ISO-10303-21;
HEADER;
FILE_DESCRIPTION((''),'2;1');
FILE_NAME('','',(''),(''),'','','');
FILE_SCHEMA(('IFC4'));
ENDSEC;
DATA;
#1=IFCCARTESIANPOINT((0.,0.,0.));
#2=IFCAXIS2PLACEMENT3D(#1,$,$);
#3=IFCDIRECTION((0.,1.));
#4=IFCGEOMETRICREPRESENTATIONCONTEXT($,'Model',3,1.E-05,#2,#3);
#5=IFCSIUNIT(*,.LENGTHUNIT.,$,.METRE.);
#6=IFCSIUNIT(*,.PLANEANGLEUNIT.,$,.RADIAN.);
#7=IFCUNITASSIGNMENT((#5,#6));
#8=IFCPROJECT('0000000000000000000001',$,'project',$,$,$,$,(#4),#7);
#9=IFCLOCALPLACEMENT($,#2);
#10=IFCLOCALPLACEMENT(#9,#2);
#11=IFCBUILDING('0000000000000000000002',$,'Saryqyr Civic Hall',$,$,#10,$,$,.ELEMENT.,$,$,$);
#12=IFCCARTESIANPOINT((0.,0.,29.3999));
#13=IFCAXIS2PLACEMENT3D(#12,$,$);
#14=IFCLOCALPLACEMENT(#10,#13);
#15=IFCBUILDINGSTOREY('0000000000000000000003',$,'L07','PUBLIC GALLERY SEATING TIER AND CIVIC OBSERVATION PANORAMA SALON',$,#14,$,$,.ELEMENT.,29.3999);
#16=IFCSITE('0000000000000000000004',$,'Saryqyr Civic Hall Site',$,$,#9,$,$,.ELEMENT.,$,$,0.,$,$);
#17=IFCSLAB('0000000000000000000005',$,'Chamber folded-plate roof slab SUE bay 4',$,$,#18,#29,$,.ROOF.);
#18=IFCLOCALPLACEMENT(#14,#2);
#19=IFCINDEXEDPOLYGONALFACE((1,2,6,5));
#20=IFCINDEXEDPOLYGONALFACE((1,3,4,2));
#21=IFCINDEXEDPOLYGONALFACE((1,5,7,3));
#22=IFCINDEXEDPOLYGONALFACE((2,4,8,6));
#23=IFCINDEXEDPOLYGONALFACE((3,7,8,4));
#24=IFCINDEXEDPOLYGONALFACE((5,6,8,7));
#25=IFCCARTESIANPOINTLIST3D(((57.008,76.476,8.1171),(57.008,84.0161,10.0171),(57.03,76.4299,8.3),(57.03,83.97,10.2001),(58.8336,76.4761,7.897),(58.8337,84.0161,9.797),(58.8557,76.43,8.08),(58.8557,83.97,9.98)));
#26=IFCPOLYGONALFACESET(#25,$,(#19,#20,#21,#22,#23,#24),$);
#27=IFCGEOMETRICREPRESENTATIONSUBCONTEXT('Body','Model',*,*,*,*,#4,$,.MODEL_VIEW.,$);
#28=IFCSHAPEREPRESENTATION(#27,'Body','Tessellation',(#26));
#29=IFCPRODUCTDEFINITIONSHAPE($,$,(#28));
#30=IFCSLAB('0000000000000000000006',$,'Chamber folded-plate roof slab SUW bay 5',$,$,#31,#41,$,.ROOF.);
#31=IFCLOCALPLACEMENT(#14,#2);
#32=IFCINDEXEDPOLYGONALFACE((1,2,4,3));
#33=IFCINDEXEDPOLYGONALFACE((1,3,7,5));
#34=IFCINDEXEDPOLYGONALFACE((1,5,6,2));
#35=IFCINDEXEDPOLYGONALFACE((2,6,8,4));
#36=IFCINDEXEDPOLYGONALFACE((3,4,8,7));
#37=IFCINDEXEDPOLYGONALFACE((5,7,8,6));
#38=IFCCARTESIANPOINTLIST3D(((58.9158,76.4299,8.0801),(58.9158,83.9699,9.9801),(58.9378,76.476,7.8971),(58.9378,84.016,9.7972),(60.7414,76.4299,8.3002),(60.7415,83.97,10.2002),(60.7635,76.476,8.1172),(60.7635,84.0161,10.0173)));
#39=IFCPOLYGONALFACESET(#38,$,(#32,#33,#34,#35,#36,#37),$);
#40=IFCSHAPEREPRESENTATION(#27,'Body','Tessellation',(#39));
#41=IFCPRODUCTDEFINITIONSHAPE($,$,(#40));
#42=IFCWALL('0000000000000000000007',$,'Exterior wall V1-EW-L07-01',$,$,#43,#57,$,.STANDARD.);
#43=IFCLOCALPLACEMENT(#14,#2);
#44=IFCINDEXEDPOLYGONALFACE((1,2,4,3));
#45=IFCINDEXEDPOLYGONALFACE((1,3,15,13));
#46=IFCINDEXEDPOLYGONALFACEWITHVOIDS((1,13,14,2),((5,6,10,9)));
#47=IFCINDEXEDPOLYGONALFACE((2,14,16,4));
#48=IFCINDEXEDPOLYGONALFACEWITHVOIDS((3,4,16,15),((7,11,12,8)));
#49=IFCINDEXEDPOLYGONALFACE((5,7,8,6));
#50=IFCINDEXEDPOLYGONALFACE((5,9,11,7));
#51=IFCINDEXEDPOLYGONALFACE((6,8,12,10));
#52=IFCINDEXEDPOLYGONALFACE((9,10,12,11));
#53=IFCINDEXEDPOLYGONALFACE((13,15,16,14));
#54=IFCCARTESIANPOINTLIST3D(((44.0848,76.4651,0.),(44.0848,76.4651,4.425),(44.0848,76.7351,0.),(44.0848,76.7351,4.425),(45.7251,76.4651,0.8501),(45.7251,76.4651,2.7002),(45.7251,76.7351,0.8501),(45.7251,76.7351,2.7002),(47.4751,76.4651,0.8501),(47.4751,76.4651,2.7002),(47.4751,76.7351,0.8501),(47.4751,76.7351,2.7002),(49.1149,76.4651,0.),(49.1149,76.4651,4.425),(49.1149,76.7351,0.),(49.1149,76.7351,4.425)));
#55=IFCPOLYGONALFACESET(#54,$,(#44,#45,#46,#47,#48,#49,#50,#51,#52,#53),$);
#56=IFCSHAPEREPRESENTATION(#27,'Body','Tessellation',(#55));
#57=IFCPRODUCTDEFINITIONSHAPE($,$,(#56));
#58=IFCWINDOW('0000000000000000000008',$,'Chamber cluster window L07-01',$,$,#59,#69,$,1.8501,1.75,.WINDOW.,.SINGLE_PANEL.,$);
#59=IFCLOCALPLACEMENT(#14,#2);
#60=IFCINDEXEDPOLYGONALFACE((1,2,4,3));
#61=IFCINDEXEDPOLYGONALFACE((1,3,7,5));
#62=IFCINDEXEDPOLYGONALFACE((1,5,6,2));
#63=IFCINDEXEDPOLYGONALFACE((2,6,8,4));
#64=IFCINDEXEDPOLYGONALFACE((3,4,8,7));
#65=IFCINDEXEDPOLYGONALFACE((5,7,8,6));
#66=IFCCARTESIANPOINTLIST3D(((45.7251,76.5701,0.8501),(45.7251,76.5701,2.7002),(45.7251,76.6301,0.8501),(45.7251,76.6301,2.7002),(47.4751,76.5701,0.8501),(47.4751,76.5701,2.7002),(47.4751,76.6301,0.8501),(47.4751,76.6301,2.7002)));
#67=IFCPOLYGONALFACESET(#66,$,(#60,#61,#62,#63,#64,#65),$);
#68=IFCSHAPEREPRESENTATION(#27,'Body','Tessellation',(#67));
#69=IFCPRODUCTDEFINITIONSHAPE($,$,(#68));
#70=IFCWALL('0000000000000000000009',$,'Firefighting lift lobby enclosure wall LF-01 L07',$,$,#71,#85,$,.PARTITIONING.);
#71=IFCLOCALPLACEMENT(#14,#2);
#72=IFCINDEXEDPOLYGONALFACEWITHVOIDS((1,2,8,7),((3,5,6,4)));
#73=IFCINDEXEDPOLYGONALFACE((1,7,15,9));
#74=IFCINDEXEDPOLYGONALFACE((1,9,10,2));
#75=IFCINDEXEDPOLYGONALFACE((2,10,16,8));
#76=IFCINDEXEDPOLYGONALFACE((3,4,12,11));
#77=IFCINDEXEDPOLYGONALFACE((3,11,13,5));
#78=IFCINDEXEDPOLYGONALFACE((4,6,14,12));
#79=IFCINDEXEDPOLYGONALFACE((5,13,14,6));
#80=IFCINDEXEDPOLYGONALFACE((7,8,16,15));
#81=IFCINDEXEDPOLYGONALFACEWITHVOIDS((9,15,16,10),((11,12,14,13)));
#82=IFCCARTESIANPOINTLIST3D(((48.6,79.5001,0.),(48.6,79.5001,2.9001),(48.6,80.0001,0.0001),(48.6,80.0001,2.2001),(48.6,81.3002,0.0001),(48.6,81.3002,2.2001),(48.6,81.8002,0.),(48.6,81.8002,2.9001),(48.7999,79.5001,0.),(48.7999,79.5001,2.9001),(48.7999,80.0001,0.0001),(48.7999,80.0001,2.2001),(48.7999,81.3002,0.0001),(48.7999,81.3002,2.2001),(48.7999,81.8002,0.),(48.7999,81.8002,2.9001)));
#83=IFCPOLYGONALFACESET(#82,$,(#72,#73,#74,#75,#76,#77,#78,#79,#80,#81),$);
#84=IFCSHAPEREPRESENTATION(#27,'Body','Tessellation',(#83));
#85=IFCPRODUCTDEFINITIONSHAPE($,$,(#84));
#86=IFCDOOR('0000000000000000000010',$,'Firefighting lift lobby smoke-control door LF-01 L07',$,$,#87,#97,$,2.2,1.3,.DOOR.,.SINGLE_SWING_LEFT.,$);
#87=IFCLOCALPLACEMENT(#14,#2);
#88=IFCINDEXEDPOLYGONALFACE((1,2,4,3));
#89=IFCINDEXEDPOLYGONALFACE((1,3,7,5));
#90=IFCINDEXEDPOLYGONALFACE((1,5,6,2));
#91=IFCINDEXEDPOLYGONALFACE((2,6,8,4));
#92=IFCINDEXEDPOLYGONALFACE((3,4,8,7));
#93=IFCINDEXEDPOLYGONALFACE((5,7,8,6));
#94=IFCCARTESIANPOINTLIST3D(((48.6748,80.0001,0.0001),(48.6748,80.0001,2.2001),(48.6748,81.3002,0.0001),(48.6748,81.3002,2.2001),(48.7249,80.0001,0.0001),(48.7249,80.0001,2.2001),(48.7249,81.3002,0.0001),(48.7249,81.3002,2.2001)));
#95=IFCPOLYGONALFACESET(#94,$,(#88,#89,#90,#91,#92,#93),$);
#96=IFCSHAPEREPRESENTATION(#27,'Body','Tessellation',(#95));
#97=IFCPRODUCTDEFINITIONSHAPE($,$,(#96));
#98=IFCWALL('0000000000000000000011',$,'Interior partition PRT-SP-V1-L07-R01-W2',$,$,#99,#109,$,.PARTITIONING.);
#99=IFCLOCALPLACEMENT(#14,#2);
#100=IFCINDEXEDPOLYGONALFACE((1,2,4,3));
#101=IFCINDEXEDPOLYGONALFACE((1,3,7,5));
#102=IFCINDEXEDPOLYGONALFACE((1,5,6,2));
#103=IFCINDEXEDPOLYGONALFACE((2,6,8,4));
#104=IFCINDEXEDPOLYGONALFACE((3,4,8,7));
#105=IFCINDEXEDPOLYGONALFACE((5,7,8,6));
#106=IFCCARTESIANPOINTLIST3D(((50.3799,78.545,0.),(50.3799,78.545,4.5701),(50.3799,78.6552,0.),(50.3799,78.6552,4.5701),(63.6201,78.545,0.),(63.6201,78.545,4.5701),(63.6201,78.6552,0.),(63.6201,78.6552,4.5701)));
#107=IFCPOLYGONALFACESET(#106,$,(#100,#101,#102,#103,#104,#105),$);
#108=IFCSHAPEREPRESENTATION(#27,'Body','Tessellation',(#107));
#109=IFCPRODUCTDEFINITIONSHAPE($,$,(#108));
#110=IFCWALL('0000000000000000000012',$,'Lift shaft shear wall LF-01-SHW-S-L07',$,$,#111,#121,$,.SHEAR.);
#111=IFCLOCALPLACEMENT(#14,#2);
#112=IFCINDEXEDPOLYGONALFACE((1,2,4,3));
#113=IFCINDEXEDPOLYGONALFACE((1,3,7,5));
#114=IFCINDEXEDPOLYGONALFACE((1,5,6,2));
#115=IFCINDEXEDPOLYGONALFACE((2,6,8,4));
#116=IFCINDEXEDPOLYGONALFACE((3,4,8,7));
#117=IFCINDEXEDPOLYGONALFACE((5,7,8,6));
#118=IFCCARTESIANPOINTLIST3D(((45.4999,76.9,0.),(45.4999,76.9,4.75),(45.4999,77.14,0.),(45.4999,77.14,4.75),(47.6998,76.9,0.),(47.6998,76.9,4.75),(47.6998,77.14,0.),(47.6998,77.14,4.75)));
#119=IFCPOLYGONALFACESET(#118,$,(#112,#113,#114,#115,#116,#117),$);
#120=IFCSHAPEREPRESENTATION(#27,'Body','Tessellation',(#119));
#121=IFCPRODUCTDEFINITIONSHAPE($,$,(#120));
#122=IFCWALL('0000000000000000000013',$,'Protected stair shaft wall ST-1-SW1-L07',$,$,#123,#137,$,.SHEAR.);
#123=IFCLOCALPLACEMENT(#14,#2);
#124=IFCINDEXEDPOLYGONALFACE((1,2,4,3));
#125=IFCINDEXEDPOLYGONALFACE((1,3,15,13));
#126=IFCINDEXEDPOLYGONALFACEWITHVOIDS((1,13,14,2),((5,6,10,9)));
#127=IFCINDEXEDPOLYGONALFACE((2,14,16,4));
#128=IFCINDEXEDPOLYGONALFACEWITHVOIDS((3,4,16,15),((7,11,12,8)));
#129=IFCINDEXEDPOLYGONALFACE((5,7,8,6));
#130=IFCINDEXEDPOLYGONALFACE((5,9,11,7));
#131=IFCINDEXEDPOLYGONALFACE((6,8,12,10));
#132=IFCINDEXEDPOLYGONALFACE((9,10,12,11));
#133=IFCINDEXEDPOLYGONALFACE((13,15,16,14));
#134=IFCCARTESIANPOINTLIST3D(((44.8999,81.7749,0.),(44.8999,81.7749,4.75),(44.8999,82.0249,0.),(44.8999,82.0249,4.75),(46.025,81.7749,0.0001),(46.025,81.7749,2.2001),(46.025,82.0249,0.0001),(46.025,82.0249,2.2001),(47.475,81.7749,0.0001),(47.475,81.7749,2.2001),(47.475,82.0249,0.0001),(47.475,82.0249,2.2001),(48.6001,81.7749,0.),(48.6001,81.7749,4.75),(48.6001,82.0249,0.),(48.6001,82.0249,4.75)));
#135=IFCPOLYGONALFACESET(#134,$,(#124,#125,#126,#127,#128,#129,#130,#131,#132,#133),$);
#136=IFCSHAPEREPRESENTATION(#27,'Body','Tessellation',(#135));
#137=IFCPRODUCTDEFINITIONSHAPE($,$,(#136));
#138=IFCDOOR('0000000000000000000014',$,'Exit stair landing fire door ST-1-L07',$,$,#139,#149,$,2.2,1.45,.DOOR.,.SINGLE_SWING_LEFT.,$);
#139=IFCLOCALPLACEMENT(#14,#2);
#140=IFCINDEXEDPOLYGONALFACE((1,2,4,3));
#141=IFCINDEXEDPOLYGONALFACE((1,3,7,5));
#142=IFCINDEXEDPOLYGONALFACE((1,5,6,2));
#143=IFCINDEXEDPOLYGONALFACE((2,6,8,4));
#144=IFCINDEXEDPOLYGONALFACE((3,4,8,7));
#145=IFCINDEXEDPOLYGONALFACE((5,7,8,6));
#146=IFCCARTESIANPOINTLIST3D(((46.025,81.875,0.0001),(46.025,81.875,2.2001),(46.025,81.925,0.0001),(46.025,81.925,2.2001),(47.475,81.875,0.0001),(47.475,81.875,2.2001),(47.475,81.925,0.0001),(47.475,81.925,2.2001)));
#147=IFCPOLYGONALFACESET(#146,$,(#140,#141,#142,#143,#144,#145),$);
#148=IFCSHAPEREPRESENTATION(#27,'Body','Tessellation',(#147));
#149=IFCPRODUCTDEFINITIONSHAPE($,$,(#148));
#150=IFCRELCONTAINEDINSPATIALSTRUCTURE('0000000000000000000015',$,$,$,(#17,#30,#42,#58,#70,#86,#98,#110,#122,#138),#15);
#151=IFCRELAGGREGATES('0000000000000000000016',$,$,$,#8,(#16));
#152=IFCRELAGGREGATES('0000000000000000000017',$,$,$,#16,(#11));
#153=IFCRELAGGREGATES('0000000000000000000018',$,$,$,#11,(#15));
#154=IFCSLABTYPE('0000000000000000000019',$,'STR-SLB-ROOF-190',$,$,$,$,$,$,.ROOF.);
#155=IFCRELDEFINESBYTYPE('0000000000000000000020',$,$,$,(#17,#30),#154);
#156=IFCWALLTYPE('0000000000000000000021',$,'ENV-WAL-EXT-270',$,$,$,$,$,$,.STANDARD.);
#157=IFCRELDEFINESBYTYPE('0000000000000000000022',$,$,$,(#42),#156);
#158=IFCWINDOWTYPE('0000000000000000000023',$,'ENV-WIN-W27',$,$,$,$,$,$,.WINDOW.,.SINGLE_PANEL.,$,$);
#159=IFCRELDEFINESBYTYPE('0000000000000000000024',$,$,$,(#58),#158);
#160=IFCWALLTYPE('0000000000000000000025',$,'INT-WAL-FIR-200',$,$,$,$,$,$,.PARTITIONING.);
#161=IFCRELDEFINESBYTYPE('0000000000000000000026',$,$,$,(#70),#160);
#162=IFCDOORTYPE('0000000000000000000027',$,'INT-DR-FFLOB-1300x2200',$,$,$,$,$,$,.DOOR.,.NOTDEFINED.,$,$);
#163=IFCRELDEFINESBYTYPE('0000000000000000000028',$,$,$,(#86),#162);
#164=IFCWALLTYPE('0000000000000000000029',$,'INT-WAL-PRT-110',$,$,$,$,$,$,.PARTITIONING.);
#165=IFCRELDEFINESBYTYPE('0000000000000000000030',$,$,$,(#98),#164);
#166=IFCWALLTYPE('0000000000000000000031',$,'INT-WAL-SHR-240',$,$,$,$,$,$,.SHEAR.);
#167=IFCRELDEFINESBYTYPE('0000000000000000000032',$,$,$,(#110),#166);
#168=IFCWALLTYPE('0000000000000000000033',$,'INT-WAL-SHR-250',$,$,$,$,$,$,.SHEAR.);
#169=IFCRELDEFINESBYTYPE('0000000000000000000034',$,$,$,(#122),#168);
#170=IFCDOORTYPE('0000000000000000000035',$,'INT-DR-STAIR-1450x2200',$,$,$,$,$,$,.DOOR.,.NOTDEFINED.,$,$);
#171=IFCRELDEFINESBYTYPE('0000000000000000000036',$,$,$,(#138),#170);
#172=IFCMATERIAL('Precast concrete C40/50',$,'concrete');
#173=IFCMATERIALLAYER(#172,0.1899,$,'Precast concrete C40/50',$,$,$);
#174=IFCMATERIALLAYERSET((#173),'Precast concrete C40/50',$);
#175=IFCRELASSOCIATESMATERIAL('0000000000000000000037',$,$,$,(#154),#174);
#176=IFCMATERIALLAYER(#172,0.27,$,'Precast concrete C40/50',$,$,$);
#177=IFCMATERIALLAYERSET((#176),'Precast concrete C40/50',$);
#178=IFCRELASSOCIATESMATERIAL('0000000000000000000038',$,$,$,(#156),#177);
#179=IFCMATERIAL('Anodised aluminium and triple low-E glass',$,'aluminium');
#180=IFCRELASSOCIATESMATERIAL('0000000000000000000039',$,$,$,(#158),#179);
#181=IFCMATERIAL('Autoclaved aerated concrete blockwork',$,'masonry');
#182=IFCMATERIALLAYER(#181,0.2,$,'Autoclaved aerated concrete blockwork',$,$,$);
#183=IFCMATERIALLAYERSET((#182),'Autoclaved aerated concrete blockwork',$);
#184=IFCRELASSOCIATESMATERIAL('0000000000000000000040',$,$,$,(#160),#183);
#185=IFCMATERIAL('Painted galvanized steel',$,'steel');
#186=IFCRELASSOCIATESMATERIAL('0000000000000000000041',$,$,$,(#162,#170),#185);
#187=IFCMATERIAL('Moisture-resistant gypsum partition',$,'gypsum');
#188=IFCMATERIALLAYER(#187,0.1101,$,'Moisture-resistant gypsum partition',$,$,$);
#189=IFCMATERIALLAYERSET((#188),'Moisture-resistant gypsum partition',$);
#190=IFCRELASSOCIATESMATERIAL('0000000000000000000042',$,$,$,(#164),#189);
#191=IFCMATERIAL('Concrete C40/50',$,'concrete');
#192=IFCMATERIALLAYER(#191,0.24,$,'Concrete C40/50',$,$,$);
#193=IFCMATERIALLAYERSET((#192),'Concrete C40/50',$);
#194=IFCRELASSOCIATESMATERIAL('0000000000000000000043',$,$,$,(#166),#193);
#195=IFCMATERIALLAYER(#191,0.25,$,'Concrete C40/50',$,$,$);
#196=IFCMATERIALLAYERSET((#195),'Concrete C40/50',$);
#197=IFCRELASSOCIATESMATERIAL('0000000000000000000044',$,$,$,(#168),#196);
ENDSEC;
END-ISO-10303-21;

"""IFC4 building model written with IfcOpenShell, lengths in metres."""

from ifc_helpers import new_model, si_unit, direction, frame, frame_2d, origin, place, context, subcontext, project, spatial, polyline, rectangle, outline, extrude, material, layer, layer_set, type_object, element, fill, save


model = new_model("IFC4")

# Units and contexts
model_context = context("Model", 3, precision=1e-05, world=origin(), true_north=direction((0.0, 1.0)))
body_context = subcontext(model_context, "Body", "Model", "MODEL_VIEW")
ifc_project = project(units=[si_unit("LENGTHUNIT", "METRE"), si_unit("PLANEANGLEUNIT", "RADIAN")], contexts=[model_context])

# Site, building, storey
site_placement = place(None, origin())
site = spatial("IfcSite", under=ifc_project, at=site_placement, Name="Saryqyr Civic Hall Site", CompositionType="ELEMENT", RefElevation=0.0)
building_placement = place(site_placement, origin())
building = spatial("IfcBuilding", under=site, at=building_placement, Name="Saryqyr Civic Hall", CompositionType="ELEMENT")
storey_placement = place(building_placement, frame((0.0, 0.0, 29.3999)))
storey = spatial("IfcBuildingStorey", under=building, at=storey_placement, Name="L07", Description="PUBLIC GALLERY SEATING TIER AND CIVIC OBSERVATION PANORAMA SALON", CompositionType="ELEMENT", Elevation=29.3999)

# Shared definitions
ifc_material_1 = material(Name="Concrete C40/50", Category="concrete")

# Slabs
ifc_material_2 = material(Name="Precast concrete C40/50", Category="concrete")
ifc_layer_1 = layer(ifc_material_2, 0.1899, Name="Precast concrete C40/50")
ifc_layer_set_1 = layer_set([ifc_layer_1], Name="Precast concrete C40/50")
slab_type = type_object("IfcSlabType", Name="STR-SLB-ROOF-190", PredefinedType="ROOF", material=ifc_layer_set_1)
slab_1_placement = place(storey_placement, frame((57.03, 76.4299, 8.3), z_axis=(0.116109, -0.2427, 0.963128), x_axis=(0.992812, 0.000016, -0.119683)))
element("IfcSlab", 1, at=slab_1_placement, inside=storey, type_object=slab_type, Name="Chamber folded-plate roof slab SUE bay 4", PredefinedType="ROOF", context=body_context, shape_type="SweptSolid", body=[
    extrude(outline(polyline([(0.0, 0.0), (1.8389, 0.0), (1.6116, 7.7724), (-0.2273, 7.7725), (0.0, 0.0)])), origin(), (0.0, 0.0, -1.0), 0.1899),
])
slab_2_placement = place(storey_placement, frame((58.9158, 76.4299, 8.0801), z_axis=(-0.116109, -0.2427, 0.963128), x_axis=(0.992812, -0.000016, 0.119683)))
element("IfcSlab", 2, at=slab_2_placement, inside=storey, type_object=slab_type, Name="Chamber folded-plate roof slab SUW bay 5", PredefinedType="ROOF", context=body_context, shape_type="SweptSolid", body=[
    extrude(outline(polyline([(0.0, 0.0), (1.8389, 0.0), (2.0662, 7.7725), (0.2273, 7.7724), (0.0, 0.0)])), origin(), (0.0, 0.0, -1.0), 0.1899),
])

# Wall, opening, window
ifc_layer_2 = layer(ifc_material_2, 0.27, Name="Precast concrete C40/50")
ifc_layer_set_2 = layer_set([ifc_layer_2], Name="Precast concrete C40/50")
wall_type_1 = type_object("IfcWallType", Name="ENV-WAL-EXT-270", PredefinedType="STANDARD", material=ifc_layer_set_2)
wall_1_placement = place(storey_placement, frame((49.115, 76.6001, 0.0), z_axis=(0.0, 0.0, 1.0), x_axis=(-1.0, 0.0, 0.0)))
wall_1 = element("IfcWall", 3, at=wall_1_placement, inside=storey, type_object=wall_type_1, Name="Exterior wall V1-EW-L07-01", PredefinedType="STANDARD", context=body_context, shape_type="SweptSolid", body=[
    extrude(rectangle(XDim=5.03, YDim=0.27, at=frame_2d((2.5151, 0.0))), origin(), (0.0, 0.0, 1.0), 4.425),
])
opening_1_placement = place(wall_1_placement, frame((1.6399, 0.0, 0.8501)))
opening_1 = element("IfcOpeningElement", 4, at=opening_1_placement, cuts=wall_1, PredefinedType="OPENING", context=body_context, shape_type="SweptSolid", body=[
    extrude(rectangle(XDim=1.75, YDim=1.8501, at=frame_2d((0.875, 0.925))), frame((0.0, 0.145, 0.0), z_axis=(0.0, -1.0, 0.0), x_axis=(1.0, 0.0, 0.0)), (0.0, 0.0, 1.0), 0.29),
])
ifc_material_3 = material(Name="Anodised aluminium and triple low-E glass", Category="aluminium")
window_type = type_object("IfcWindowType", Name="ENV-WIN-W27", PartitioningType="SINGLE_PANEL", PredefinedType="WINDOW", material=ifc_material_3)
window_placement = place(opening_1_placement, origin())
window = element("IfcWindow", 5, at=window_placement, inside=storey, type_object=window_type, Name="Chamber cluster window L07-01", OverallHeight=1.8501, OverallWidth=1.75, PartitioningType="SINGLE_PANEL", PredefinedType="WINDOW", context=body_context, shape_type="SweptSolid", body=[
    extrude(rectangle(XDim=1.75, YDim=1.8501, at=frame_2d((0.875, 0.925))), frame((0.0, 0.03, 0.0), z_axis=(0.0, -1.0, 0.0), x_axis=(1.0, 0.0, 0.0)), (0.0, 0.0, 1.0), 0.0601),
])
fill(opening_1, window)

# Wall, opening, door
ifc_material_4 = material(Name="Autoclaved aerated concrete blockwork", Category="masonry")
ifc_layer_3 = layer(ifc_material_4, 0.2, Name="Autoclaved aerated concrete blockwork")
ifc_layer_set_3 = layer_set([ifc_layer_3], Name="Autoclaved aerated concrete blockwork")
wall_type_2 = type_object("IfcWallType", Name="INT-WAL-FIR-200", PredefinedType="PARTITIONING", material=ifc_layer_set_3)
wall_2_placement = place(storey_placement, frame((48.7, 81.8, 0.0), z_axis=(0.0, 0.0, 1.0), x_axis=(0.0, -1.0, 0.0)))
wall_2 = element("IfcWall", 6, at=wall_2_placement, inside=storey, type_object=wall_type_2, Name="Firefighting lift lobby enclosure wall LF-01 L07", PredefinedType="PARTITIONING", context=body_context, shape_type="SweptSolid", body=[
    extrude(rectangle(XDim=2.3, YDim=0.2, at=frame_2d((1.1499, 0.0))), origin(), (0.0, 0.0, 1.0), 2.9001),
])
opening_2_placement = place(wall_2_placement, frame((0.5, 0.0, 0.0)))
opening_2 = element("IfcOpeningElement", 7, at=opening_2_placement, cuts=wall_2, PredefinedType="OPENING", context=body_context, shape_type="SweptSolid", body=[
    extrude(rectangle(XDim=1.3, YDim=2.2, at=frame_2d((0.6499, 1.1001))), frame((0.0, 0.1099, 0.0), z_axis=(0.0, -1.0, 0.0), x_axis=(1.0, 0.0, 0.0)), (0.0, 0.0, 1.0), 0.22),
])
ifc_material_5 = material(Name="Painted galvanized steel", Category="steel")
door_type_1 = type_object("IfcDoorType", Name="INT-DR-FFLOB-1300x2200", OperationType="NOTDEFINED", PredefinedType="DOOR", material=ifc_material_5)
door_1_placement = place(opening_2_placement, origin())
door_1 = element("IfcDoor", 8, at=door_1_placement, inside=storey, type_object=door_type_1, Name="Firefighting lift lobby smoke-control door LF-01 L07", OperationType="SINGLE_SWING_LEFT", OverallHeight=2.2, OverallWidth=1.3, PredefinedType="DOOR", context=body_context, shape_type="SweptSolid", body=[
    extrude(rectangle(XDim=1.3, YDim=2.2, at=frame_2d((0.6499, 1.1001))), frame((0.0, 0.0249, 0.0), z_axis=(0.0, -1.0, 0.0), x_axis=(1.0, 0.0, 0.0)), (0.0, 0.0, 1.0), 0.05),
])
fill(opening_2, door_1)

# Walls
ifc_material_6 = material(Name="Moisture-resistant gypsum partition", Category="gypsum")
ifc_layer_4 = layer(ifc_material_6, 0.1101, Name="Moisture-resistant gypsum partition")
ifc_layer_set_4 = layer_set([ifc_layer_4], Name="Moisture-resistant gypsum partition")
wall_type_3 = type_object("IfcWallType", Name="INT-WAL-PRT-110", PredefinedType="PARTITIONING", material=ifc_layer_set_4)
wall_3_placement = place(storey_placement, frame((50.3799, 78.6001, 0.0), z_axis=(0.0, 0.0, 1.0), x_axis=(1.0, 0.0, 0.0)))
element("IfcWall", 9, at=wall_3_placement, inside=storey, type_object=wall_type_3, Name="Interior partition PRT-SP-V1-L07-R01-W2", PredefinedType="PARTITIONING", context=body_context, shape_type="SweptSolid", body=[
    extrude(rectangle(XDim=13.2402, YDim=0.1101, at=frame_2d((6.6201, 0.0))), origin(), (0.0, 0.0, 1.0), 4.5701),
])
ifc_layer_5 = layer(ifc_material_1, 0.24, Name="Concrete C40/50")
ifc_layer_set_5 = layer_set([ifc_layer_5], Name="Concrete C40/50")
wall_type_4 = type_object("IfcWallType", Name="INT-WAL-SHR-240", PredefinedType="SHEAR", material=ifc_layer_set_5)
wall_4_placement = place(storey_placement, frame((47.7, 77.02, 0.0), z_axis=(0.0, 0.0, 1.0), x_axis=(-1.0, 0.0, 0.0)))
element("IfcWall", 10, at=wall_4_placement, inside=storey, type_object=wall_type_4, Name="Lift shaft shear wall LF-01-SHW-S-L07", PredefinedType="SHEAR", context=body_context, shape_type="SweptSolid", body=[
    extrude(rectangle(XDim=2.2, YDim=0.24, at=frame_2d((1.1001, 0.0))), origin(), (0.0, 0.0, 1.0), 4.75),
])

# Wall, opening, door
ifc_layer_6 = layer(ifc_material_1, 0.25, Name="Concrete C40/50")
ifc_layer_set_6 = layer_set([ifc_layer_6], Name="Concrete C40/50")
wall_type_5 = type_object("IfcWallType", Name="INT-WAL-SHR-250", PredefinedType="SHEAR", material=ifc_layer_set_6)
wall_5_placement = place(storey_placement, frame((48.6001, 81.8999, 0.0), z_axis=(0.0, 0.0, 1.0), x_axis=(-1.0, 0.0, 0.0)))
wall_5 = element("IfcWall", 11, at=wall_5_placement, inside=storey, type_object=wall_type_5, Name="Protected stair shaft wall ST-1-SW1-L07", PredefinedType="SHEAR", context=body_context, shape_type="SweptSolid", body=[
    extrude(rectangle(XDim=3.7002, YDim=0.25, at=frame_2d((1.8501, 0.0))), origin(), (0.0, 0.0, 1.0), 4.75),
])
opening_3_placement = place(wall_5_placement, frame((1.125, 0.0, 0.0)))
opening_3 = element("IfcOpeningElement", 12, at=opening_3_placement, cuts=wall_5, PredefinedType="OPENING", context=body_context, shape_type="SweptSolid", body=[
    extrude(rectangle(XDim=1.45, YDim=2.2, at=frame_2d((0.7251, 1.1001))), frame((0.0, 0.135, 0.0), z_axis=(0.0, -1.0, 0.0), x_axis=(1.0, 0.0, 0.0)), (0.0, 0.0, 1.0), 0.27),
])
door_type_2 = type_object("IfcDoorType", Name="INT-DR-STAIR-1450x2200", OperationType="NOTDEFINED", PredefinedType="DOOR", material=ifc_material_5)
door_2_placement = place(opening_3_placement, origin())
door_2 = element("IfcDoor", 13, at=door_2_placement, inside=storey, type_object=door_type_2, Name="Exit stair landing fire door ST-1-L07", OperationType="SINGLE_SWING_LEFT", OverallHeight=2.2, OverallWidth=1.45, PredefinedType="DOOR", context=body_context, shape_type="SweptSolid", body=[
    extrude(rectangle(XDim=1.45, YDim=2.2, at=frame_2d((0.7251, 1.1001))), frame((0.0, 0.0249, 0.0), z_axis=(0.0, -1.0, 0.0), x_axis=(1.0, 0.0, 0.0)), (0.0, 0.0, 1.0), 0.05),
])
fill(opening_3, door_2)

save(model, "model.ifc")
